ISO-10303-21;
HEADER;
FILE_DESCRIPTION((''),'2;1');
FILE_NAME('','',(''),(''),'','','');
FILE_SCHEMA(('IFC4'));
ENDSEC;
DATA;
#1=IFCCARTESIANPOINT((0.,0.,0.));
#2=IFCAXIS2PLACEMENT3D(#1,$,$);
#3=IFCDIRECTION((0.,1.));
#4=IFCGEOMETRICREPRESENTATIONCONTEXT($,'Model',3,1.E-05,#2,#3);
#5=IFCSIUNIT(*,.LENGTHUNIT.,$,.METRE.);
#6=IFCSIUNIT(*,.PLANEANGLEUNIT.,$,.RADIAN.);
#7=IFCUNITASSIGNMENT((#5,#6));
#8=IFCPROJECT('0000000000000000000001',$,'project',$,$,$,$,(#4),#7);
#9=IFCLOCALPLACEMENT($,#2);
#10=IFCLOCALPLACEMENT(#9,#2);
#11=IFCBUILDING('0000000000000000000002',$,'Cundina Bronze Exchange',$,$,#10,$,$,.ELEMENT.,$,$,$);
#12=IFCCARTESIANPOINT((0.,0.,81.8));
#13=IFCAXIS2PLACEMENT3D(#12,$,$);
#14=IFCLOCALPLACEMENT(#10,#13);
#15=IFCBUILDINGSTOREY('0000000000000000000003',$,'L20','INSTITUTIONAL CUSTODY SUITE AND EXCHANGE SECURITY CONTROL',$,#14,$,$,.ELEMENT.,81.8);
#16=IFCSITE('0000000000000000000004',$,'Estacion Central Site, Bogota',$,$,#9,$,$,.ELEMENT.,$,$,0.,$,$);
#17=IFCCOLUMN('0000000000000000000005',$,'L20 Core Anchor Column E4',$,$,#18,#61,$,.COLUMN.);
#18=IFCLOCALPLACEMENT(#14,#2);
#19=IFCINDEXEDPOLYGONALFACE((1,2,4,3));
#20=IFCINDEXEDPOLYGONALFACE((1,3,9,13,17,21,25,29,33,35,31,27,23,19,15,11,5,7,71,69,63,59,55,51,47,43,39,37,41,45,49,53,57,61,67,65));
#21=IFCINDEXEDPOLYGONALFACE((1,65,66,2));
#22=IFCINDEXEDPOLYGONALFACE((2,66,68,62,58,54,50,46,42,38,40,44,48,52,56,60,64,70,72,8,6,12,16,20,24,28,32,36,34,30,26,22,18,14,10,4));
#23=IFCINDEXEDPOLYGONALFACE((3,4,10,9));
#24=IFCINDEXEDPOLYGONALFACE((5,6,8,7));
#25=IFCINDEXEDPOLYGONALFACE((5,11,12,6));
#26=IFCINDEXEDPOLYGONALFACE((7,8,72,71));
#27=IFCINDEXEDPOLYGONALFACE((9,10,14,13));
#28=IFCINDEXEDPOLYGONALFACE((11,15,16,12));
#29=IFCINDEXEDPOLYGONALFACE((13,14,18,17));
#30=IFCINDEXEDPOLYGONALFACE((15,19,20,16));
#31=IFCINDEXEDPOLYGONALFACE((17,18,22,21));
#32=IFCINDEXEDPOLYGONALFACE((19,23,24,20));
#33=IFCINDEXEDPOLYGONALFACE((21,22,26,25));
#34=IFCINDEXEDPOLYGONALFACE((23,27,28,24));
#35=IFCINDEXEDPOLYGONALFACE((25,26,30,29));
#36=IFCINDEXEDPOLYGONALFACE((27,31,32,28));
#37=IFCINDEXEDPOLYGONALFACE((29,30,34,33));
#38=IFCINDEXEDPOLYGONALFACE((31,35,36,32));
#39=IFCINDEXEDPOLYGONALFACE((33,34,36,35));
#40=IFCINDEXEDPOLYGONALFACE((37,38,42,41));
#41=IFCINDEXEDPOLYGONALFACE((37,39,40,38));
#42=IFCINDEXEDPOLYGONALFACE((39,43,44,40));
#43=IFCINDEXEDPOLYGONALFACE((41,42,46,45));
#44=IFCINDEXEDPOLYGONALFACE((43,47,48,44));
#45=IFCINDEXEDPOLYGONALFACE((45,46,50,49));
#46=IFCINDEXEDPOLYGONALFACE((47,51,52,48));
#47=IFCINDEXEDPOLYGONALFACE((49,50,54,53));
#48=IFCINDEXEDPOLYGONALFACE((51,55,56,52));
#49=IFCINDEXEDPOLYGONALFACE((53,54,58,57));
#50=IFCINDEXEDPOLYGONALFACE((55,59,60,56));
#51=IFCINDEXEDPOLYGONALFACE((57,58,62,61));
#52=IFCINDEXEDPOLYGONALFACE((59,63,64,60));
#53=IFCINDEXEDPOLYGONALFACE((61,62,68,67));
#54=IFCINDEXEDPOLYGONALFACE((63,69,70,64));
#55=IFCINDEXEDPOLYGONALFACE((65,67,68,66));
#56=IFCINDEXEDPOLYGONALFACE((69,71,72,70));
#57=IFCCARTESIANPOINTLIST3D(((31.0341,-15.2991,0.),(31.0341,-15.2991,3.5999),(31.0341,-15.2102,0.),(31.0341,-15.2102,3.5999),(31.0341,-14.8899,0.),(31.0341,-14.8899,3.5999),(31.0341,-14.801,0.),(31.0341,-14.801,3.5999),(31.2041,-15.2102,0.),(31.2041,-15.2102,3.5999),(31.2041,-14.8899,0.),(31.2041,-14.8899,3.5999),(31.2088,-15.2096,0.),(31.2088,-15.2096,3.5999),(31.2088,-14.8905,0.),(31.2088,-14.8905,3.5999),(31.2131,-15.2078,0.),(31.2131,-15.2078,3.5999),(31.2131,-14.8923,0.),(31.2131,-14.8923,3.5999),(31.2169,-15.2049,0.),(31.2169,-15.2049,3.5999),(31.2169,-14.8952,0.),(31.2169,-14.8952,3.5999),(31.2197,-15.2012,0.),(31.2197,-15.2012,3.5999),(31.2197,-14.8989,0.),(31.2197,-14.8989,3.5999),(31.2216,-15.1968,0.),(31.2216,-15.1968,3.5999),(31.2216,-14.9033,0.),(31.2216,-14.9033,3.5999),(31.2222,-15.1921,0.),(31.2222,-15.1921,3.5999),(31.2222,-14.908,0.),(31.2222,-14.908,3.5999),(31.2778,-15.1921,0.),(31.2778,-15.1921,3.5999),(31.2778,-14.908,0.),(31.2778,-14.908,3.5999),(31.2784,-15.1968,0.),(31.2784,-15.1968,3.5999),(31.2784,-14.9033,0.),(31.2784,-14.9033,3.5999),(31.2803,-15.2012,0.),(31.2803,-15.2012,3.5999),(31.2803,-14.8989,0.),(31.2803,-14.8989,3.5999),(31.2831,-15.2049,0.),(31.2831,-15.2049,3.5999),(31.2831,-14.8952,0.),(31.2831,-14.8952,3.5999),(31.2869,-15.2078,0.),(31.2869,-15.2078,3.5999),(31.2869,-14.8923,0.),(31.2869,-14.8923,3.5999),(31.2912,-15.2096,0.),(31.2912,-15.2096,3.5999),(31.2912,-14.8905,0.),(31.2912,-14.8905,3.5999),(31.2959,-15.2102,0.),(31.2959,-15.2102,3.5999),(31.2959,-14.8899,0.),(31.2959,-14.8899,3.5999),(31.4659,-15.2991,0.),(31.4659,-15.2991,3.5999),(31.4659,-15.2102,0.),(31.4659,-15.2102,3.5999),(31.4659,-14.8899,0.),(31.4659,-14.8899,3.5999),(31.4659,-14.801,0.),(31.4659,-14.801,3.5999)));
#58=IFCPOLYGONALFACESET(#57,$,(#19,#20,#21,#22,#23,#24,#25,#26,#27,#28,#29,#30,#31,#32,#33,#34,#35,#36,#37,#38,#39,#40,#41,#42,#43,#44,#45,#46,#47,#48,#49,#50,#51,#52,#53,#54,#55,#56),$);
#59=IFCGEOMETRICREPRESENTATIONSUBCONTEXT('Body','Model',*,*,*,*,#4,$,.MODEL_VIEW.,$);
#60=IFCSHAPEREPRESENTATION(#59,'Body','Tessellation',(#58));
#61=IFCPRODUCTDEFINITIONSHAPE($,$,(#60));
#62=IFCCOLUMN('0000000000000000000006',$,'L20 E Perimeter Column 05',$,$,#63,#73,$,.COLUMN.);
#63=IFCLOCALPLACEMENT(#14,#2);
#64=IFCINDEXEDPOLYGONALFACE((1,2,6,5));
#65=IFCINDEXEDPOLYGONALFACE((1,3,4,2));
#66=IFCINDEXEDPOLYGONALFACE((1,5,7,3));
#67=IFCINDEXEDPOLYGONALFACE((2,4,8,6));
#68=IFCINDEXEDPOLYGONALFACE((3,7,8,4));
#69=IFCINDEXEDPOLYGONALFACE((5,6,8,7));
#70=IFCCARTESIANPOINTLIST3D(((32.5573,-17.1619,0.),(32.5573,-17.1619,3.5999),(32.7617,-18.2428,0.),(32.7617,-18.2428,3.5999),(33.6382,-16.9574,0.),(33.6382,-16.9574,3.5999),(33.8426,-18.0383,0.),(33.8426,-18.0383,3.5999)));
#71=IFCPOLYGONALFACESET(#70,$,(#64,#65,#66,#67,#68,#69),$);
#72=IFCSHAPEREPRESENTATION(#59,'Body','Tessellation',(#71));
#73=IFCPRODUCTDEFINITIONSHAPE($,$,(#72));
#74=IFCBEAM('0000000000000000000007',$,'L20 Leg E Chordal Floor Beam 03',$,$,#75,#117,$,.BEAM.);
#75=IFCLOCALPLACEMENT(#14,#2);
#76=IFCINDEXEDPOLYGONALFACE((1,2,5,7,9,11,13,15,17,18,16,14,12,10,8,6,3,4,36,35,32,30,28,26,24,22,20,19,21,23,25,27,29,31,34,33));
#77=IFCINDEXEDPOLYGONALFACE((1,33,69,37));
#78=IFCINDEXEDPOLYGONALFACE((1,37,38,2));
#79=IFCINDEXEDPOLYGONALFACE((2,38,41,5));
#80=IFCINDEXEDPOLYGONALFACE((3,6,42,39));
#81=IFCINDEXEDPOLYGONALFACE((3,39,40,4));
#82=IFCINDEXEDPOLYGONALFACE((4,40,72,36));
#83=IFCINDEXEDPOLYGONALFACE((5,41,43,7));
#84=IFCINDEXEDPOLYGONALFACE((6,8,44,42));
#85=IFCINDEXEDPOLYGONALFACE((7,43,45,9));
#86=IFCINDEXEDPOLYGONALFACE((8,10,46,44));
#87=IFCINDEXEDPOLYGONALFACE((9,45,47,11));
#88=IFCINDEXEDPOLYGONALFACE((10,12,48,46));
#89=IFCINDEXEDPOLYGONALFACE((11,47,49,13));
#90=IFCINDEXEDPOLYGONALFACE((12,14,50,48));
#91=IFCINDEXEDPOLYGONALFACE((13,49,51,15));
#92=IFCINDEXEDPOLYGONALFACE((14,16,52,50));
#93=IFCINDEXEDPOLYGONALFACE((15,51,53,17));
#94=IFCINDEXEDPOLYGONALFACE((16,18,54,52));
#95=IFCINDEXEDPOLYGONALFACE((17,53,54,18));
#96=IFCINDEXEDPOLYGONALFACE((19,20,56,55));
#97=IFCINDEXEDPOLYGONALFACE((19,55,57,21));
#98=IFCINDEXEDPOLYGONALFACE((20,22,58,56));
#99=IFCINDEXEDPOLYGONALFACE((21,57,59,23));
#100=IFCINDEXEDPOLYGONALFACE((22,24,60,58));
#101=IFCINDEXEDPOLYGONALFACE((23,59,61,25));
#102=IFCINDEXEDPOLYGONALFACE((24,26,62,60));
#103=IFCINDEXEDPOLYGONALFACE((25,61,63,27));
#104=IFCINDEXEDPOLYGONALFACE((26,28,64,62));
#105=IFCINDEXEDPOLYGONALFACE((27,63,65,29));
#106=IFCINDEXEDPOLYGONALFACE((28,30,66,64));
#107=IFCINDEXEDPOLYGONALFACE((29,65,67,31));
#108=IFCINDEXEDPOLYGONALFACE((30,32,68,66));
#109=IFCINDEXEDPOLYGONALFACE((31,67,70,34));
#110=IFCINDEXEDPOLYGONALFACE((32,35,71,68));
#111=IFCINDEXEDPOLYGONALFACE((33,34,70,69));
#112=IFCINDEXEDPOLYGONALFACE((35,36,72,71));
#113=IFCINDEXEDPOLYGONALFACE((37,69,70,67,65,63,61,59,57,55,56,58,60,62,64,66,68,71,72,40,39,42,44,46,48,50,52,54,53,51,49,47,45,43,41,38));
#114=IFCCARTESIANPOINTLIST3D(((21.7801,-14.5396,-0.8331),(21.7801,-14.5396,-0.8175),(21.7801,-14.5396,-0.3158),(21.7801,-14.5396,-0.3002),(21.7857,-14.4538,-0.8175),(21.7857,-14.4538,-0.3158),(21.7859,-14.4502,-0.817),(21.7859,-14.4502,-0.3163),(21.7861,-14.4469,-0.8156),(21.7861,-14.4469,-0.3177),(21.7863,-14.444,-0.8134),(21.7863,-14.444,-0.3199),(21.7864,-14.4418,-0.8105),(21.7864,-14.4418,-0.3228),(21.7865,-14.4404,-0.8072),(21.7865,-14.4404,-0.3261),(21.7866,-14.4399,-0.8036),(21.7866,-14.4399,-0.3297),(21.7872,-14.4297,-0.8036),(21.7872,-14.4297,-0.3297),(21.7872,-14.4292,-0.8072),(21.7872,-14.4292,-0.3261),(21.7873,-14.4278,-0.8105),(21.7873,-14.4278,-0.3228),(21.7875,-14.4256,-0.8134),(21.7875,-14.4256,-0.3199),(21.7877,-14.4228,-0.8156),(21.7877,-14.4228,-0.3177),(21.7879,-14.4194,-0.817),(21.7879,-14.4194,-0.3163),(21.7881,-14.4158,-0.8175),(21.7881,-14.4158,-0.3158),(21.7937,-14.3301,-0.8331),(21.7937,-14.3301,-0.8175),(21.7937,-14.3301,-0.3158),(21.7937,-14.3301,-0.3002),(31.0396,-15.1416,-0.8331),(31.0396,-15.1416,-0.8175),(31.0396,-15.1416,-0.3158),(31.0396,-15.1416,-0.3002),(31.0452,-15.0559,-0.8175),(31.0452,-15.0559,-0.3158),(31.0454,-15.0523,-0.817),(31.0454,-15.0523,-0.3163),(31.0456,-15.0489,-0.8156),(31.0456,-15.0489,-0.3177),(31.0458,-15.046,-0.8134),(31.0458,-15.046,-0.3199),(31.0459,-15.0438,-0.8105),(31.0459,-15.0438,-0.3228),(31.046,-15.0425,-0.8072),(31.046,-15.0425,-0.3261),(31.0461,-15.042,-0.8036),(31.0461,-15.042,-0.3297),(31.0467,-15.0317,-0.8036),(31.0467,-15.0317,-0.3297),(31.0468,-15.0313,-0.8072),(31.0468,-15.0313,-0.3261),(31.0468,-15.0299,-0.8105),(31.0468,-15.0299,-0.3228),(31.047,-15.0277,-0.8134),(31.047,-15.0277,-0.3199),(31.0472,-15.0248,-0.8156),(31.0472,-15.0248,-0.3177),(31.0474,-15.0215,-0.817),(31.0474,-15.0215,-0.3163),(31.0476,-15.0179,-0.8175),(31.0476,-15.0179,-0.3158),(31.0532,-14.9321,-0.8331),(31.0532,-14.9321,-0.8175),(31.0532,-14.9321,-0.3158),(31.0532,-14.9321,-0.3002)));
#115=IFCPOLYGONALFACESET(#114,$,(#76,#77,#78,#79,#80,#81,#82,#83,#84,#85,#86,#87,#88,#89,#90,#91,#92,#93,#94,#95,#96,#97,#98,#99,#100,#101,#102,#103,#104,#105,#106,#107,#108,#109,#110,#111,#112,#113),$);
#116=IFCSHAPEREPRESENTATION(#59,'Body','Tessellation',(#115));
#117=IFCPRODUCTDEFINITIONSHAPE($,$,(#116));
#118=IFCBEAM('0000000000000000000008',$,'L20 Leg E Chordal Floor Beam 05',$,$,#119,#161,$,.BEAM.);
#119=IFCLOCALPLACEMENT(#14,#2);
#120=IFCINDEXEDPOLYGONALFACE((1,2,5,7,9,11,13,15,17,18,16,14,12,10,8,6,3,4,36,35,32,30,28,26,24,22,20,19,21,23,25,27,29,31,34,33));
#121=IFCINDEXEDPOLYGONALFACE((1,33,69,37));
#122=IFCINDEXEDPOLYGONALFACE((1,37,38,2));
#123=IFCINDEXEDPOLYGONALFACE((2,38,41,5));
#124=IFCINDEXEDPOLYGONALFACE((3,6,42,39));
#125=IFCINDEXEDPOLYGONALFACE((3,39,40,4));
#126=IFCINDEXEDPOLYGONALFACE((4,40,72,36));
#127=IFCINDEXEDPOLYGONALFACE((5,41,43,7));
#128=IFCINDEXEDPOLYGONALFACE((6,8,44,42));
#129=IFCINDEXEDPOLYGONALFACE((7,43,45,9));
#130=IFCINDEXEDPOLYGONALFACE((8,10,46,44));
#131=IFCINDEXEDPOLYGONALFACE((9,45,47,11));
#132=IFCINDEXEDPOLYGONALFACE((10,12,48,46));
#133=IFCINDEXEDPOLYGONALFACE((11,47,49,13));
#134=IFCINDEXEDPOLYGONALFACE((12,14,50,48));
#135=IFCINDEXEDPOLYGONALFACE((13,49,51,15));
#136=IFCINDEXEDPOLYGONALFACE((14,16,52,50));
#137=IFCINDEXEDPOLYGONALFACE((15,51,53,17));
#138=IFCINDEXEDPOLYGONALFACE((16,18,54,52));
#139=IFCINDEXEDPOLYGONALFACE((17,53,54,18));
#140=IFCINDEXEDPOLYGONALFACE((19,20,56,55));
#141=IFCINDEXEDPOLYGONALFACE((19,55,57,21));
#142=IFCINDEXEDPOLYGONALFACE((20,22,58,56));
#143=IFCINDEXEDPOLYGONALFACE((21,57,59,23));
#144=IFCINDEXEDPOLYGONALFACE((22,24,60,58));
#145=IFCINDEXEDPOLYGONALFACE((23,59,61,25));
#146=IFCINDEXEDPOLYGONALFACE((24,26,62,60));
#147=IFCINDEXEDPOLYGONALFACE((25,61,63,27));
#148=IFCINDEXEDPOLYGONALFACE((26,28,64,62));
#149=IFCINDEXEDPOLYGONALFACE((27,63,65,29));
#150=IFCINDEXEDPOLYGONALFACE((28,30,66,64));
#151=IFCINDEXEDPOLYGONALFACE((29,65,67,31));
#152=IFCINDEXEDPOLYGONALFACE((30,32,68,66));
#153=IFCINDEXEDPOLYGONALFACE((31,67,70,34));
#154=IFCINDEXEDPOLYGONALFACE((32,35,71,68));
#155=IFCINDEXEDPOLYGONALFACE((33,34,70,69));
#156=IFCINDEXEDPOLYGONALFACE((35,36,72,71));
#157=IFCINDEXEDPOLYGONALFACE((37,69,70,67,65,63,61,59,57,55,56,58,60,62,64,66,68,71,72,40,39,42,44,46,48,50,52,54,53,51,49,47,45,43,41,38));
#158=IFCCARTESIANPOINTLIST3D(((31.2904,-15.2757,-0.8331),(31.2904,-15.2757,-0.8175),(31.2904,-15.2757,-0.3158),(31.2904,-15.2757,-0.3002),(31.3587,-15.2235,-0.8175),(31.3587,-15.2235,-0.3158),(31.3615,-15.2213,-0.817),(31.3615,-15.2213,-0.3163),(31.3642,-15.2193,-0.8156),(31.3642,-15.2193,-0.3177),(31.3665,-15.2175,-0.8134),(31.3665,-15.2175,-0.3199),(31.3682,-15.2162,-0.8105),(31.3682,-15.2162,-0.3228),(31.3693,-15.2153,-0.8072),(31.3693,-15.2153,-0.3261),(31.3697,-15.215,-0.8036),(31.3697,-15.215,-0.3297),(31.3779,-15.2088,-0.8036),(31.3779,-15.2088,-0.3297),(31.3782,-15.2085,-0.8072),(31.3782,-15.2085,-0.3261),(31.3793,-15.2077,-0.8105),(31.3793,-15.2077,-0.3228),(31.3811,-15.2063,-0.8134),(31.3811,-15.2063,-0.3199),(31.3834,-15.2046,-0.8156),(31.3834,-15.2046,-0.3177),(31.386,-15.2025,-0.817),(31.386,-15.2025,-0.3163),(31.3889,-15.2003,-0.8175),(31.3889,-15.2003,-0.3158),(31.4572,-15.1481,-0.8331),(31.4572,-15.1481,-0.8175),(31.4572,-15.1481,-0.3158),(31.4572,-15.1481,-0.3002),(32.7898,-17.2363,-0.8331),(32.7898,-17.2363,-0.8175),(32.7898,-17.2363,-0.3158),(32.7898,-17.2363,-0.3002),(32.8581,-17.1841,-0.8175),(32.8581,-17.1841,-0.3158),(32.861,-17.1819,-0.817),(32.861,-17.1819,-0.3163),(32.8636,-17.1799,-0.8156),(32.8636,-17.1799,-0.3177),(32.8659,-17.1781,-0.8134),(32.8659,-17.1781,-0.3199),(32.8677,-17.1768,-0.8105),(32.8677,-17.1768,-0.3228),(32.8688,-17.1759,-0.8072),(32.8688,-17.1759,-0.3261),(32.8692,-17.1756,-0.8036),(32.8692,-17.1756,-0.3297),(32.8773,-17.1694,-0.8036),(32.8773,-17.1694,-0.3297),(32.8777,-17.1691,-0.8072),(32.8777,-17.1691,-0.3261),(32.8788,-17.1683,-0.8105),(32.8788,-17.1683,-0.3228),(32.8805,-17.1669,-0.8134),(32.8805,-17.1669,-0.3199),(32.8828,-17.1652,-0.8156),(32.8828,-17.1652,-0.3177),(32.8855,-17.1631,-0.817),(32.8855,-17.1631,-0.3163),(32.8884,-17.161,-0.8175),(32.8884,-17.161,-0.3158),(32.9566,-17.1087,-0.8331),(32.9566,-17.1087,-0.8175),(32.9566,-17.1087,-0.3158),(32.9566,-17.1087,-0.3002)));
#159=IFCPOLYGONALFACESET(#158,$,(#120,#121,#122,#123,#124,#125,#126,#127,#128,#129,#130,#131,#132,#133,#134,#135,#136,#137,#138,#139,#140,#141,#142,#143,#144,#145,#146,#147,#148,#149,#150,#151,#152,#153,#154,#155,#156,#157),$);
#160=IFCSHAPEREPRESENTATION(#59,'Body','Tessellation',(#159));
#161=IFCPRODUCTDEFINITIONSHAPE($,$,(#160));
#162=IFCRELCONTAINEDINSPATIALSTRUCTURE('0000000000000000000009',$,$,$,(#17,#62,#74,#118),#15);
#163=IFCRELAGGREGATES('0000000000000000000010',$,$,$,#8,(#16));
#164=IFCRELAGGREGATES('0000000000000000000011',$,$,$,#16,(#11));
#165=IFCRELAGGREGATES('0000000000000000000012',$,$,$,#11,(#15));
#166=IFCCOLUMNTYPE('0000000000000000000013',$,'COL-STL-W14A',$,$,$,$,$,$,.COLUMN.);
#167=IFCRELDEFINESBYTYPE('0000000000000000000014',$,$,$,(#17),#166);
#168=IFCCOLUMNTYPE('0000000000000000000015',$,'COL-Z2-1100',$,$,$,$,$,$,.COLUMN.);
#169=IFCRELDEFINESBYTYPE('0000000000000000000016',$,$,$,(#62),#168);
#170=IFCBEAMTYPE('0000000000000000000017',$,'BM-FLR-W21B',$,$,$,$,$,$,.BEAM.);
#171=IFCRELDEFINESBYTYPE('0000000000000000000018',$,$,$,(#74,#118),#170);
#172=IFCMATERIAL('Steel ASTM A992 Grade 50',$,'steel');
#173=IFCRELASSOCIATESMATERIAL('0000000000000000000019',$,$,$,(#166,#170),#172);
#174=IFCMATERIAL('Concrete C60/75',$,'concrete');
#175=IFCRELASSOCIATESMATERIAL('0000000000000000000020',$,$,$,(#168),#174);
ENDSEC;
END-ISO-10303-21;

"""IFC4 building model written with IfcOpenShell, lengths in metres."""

from ifc_helpers import new_model, si_unit, direction, frame, origin, origin_2d, place, context, subcontext, project, spatial, rectangle, i_section, extrude, material, material_profile, profile_set, type_object, element, save


model = new_model("IFC4")

# Units and contexts
model_context = context("Model", 3, precision=1e-05, world=origin(), true_north=direction((0.0, 1.0)))
body_context = subcontext(model_context, "Body", "Model", "MODEL_VIEW")
ifc_project = project(units=[si_unit("LENGTHUNIT", "METRE"), si_unit("PLANEANGLEUNIT", "RADIAN")], contexts=[model_context])

# Site, building, storey
site_placement = place(None, origin())
site = spatial("IfcSite", under=ifc_project, at=site_placement, Name="Estacion Central Site, Bogota", CompositionType="ELEMENT", RefElevation=0.0)
building_placement = place(site_placement, origin())
building = spatial("IfcBuilding", under=site, at=building_placement, Name="Cundina Bronze Exchange", CompositionType="ELEMENT")
storey_placement = place(building_placement, frame((0.0, 0.0, 81.8)))
storey = spatial("IfcBuildingStorey", under=building, at=storey_placement, Name="L20", Description="INSTITUTIONAL CUSTODY SUITE AND EXCHANGE SECURITY CONTROL", CompositionType="ELEMENT", Elevation=81.8)

# Columns
ifc_material_1 = material(Name="Steel ASTM A992 Grade 50", Category="steel")
ifc_material_profile_1 = material_profile(ifc_material_1, i_section(OverallWidth=0.4319, OverallDepth=0.498, WebThickness=0.0557, FlangeThickness=0.0889, FilletRadius=0.0181, at=origin_2d()), Name="W14X500", Category="steel")
ifc_profile_set_1 = profile_set([ifc_material_profile_1], Name="Steel ASTM A992 Grade 50")
column_type_1 = type_object("IfcColumnType", Name="COL-STL-W14A", PredefinedType="COLUMN", material=ifc_profile_set_1)
column_1_placement = place(storey_placement, frame((31.25, -15.05, 0.0), z_axis=(0.0, 0.0, 1.0), x_axis=(1.0, 0.0, 0.0)))
element("IfcColumn", 1, at=column_1_placement, inside=storey, type_object=column_type_1, Name="L20 Core Anchor Column E4", PredefinedType="COLUMN", context=body_context, shape_type="SweptSolid", body=[
    extrude(i_section(OverallWidth=0.4319, OverallDepth=0.498, WebThickness=0.0557, FlangeThickness=0.0889, FilletRadius=0.0181, at=origin_2d()), origin(), (0.0, 0.0, 1.0), 3.5999),
])
ifc_material_2 = material(Name="Concrete C60/75", Category="concrete")
ifc_material_profile_2 = material_profile(ifc_material_2, rectangle(XDim=1.1001, YDim=1.1001, at=origin_2d()), Name="RC1100X1100", Category="concrete")
ifc_profile_set_2 = profile_set([ifc_material_profile_2], Name="Concrete C60/75")
column_type_2 = type_object("IfcColumnType", Name="COL-Z2-1100", PredefinedType="COLUMN", material=ifc_profile_set_2)
column_2_placement = place(storey_placement, frame((33.2, -17.6001, 0.0), z_axis=(0.0, 0.0, 1.0), x_axis=(0.98258, 0.185838, 0.0)))
element("IfcColumn", 2, at=column_2_placement, inside=storey, type_object=column_type_2, Name="L20 E Perimeter Column 05", PredefinedType="COLUMN", context=body_context, shape_type="SweptSolid", body=[
    extrude(rectangle(XDim=1.1001, YDim=1.1001, at=origin_2d()), origin(), (0.0, 0.0, 1.0), 3.5999),
])

# Beams
ifc_material_profile_3 = material_profile(ifc_material_1, i_section(OverallWidth=0.21, OverallDepth=0.533, WebThickness=0.0103, FlangeThickness=0.0156, FilletRadius=0.0139, at=origin_2d()), Name="W21X62", Category="steel")
ifc_profile_set_3 = profile_set([ifc_material_profile_3], Name="Steel ASTM A992 Grade 50")
beam_type_1 = type_object("IfcBeamType", Name="BM-FLR-W21B", PredefinedType="BEAM", material=ifc_profile_set_3)
beam_1_placement = place(storey_placement, frame((31.0464, -15.0369, -0.5667), z_axis=(-0.997893, 0.064883, 0.0), x_axis=(-0.064883, -0.997893, 0.0)))
element("IfcBeam", 3, at=beam_1_placement, inside=storey, type_object=beam_type_1, Name="L20 Leg E Chordal Floor Beam 03", PredefinedType="BEAM", context=body_context, shape_type="SweptSolid", body=[
    extrude(i_section(OverallWidth=0.21, OverallDepth=0.533, WebThickness=0.0103, FlangeThickness=0.0156, FilletRadius=0.0139, at=origin_2d()), origin(), (0.0, 0.0, 1.0), 9.2791),
])
beam_2_placement = place(storey_placement, frame((31.3738, -15.2119, -0.5667), z_axis=(0.60749, -0.794327, 0.0), x_axis=(0.794327, 0.60749, 0.0)))
element("IfcBeam", 4, at=beam_2_placement, inside=storey, type_object=beam_type_1, Name="L20 Leg E Chordal Floor Beam 05", PredefinedType="BEAM", context=body_context, shape_type="SweptSolid", body=[
    extrude(i_section(OverallWidth=0.21, OverallDepth=0.533, WebThickness=0.0103, FlangeThickness=0.0156, FilletRadius=0.0139, at=origin_2d()), origin(), (0.0, 0.0, 1.0), 2.4683),
])

save(model, "model.ifc")
